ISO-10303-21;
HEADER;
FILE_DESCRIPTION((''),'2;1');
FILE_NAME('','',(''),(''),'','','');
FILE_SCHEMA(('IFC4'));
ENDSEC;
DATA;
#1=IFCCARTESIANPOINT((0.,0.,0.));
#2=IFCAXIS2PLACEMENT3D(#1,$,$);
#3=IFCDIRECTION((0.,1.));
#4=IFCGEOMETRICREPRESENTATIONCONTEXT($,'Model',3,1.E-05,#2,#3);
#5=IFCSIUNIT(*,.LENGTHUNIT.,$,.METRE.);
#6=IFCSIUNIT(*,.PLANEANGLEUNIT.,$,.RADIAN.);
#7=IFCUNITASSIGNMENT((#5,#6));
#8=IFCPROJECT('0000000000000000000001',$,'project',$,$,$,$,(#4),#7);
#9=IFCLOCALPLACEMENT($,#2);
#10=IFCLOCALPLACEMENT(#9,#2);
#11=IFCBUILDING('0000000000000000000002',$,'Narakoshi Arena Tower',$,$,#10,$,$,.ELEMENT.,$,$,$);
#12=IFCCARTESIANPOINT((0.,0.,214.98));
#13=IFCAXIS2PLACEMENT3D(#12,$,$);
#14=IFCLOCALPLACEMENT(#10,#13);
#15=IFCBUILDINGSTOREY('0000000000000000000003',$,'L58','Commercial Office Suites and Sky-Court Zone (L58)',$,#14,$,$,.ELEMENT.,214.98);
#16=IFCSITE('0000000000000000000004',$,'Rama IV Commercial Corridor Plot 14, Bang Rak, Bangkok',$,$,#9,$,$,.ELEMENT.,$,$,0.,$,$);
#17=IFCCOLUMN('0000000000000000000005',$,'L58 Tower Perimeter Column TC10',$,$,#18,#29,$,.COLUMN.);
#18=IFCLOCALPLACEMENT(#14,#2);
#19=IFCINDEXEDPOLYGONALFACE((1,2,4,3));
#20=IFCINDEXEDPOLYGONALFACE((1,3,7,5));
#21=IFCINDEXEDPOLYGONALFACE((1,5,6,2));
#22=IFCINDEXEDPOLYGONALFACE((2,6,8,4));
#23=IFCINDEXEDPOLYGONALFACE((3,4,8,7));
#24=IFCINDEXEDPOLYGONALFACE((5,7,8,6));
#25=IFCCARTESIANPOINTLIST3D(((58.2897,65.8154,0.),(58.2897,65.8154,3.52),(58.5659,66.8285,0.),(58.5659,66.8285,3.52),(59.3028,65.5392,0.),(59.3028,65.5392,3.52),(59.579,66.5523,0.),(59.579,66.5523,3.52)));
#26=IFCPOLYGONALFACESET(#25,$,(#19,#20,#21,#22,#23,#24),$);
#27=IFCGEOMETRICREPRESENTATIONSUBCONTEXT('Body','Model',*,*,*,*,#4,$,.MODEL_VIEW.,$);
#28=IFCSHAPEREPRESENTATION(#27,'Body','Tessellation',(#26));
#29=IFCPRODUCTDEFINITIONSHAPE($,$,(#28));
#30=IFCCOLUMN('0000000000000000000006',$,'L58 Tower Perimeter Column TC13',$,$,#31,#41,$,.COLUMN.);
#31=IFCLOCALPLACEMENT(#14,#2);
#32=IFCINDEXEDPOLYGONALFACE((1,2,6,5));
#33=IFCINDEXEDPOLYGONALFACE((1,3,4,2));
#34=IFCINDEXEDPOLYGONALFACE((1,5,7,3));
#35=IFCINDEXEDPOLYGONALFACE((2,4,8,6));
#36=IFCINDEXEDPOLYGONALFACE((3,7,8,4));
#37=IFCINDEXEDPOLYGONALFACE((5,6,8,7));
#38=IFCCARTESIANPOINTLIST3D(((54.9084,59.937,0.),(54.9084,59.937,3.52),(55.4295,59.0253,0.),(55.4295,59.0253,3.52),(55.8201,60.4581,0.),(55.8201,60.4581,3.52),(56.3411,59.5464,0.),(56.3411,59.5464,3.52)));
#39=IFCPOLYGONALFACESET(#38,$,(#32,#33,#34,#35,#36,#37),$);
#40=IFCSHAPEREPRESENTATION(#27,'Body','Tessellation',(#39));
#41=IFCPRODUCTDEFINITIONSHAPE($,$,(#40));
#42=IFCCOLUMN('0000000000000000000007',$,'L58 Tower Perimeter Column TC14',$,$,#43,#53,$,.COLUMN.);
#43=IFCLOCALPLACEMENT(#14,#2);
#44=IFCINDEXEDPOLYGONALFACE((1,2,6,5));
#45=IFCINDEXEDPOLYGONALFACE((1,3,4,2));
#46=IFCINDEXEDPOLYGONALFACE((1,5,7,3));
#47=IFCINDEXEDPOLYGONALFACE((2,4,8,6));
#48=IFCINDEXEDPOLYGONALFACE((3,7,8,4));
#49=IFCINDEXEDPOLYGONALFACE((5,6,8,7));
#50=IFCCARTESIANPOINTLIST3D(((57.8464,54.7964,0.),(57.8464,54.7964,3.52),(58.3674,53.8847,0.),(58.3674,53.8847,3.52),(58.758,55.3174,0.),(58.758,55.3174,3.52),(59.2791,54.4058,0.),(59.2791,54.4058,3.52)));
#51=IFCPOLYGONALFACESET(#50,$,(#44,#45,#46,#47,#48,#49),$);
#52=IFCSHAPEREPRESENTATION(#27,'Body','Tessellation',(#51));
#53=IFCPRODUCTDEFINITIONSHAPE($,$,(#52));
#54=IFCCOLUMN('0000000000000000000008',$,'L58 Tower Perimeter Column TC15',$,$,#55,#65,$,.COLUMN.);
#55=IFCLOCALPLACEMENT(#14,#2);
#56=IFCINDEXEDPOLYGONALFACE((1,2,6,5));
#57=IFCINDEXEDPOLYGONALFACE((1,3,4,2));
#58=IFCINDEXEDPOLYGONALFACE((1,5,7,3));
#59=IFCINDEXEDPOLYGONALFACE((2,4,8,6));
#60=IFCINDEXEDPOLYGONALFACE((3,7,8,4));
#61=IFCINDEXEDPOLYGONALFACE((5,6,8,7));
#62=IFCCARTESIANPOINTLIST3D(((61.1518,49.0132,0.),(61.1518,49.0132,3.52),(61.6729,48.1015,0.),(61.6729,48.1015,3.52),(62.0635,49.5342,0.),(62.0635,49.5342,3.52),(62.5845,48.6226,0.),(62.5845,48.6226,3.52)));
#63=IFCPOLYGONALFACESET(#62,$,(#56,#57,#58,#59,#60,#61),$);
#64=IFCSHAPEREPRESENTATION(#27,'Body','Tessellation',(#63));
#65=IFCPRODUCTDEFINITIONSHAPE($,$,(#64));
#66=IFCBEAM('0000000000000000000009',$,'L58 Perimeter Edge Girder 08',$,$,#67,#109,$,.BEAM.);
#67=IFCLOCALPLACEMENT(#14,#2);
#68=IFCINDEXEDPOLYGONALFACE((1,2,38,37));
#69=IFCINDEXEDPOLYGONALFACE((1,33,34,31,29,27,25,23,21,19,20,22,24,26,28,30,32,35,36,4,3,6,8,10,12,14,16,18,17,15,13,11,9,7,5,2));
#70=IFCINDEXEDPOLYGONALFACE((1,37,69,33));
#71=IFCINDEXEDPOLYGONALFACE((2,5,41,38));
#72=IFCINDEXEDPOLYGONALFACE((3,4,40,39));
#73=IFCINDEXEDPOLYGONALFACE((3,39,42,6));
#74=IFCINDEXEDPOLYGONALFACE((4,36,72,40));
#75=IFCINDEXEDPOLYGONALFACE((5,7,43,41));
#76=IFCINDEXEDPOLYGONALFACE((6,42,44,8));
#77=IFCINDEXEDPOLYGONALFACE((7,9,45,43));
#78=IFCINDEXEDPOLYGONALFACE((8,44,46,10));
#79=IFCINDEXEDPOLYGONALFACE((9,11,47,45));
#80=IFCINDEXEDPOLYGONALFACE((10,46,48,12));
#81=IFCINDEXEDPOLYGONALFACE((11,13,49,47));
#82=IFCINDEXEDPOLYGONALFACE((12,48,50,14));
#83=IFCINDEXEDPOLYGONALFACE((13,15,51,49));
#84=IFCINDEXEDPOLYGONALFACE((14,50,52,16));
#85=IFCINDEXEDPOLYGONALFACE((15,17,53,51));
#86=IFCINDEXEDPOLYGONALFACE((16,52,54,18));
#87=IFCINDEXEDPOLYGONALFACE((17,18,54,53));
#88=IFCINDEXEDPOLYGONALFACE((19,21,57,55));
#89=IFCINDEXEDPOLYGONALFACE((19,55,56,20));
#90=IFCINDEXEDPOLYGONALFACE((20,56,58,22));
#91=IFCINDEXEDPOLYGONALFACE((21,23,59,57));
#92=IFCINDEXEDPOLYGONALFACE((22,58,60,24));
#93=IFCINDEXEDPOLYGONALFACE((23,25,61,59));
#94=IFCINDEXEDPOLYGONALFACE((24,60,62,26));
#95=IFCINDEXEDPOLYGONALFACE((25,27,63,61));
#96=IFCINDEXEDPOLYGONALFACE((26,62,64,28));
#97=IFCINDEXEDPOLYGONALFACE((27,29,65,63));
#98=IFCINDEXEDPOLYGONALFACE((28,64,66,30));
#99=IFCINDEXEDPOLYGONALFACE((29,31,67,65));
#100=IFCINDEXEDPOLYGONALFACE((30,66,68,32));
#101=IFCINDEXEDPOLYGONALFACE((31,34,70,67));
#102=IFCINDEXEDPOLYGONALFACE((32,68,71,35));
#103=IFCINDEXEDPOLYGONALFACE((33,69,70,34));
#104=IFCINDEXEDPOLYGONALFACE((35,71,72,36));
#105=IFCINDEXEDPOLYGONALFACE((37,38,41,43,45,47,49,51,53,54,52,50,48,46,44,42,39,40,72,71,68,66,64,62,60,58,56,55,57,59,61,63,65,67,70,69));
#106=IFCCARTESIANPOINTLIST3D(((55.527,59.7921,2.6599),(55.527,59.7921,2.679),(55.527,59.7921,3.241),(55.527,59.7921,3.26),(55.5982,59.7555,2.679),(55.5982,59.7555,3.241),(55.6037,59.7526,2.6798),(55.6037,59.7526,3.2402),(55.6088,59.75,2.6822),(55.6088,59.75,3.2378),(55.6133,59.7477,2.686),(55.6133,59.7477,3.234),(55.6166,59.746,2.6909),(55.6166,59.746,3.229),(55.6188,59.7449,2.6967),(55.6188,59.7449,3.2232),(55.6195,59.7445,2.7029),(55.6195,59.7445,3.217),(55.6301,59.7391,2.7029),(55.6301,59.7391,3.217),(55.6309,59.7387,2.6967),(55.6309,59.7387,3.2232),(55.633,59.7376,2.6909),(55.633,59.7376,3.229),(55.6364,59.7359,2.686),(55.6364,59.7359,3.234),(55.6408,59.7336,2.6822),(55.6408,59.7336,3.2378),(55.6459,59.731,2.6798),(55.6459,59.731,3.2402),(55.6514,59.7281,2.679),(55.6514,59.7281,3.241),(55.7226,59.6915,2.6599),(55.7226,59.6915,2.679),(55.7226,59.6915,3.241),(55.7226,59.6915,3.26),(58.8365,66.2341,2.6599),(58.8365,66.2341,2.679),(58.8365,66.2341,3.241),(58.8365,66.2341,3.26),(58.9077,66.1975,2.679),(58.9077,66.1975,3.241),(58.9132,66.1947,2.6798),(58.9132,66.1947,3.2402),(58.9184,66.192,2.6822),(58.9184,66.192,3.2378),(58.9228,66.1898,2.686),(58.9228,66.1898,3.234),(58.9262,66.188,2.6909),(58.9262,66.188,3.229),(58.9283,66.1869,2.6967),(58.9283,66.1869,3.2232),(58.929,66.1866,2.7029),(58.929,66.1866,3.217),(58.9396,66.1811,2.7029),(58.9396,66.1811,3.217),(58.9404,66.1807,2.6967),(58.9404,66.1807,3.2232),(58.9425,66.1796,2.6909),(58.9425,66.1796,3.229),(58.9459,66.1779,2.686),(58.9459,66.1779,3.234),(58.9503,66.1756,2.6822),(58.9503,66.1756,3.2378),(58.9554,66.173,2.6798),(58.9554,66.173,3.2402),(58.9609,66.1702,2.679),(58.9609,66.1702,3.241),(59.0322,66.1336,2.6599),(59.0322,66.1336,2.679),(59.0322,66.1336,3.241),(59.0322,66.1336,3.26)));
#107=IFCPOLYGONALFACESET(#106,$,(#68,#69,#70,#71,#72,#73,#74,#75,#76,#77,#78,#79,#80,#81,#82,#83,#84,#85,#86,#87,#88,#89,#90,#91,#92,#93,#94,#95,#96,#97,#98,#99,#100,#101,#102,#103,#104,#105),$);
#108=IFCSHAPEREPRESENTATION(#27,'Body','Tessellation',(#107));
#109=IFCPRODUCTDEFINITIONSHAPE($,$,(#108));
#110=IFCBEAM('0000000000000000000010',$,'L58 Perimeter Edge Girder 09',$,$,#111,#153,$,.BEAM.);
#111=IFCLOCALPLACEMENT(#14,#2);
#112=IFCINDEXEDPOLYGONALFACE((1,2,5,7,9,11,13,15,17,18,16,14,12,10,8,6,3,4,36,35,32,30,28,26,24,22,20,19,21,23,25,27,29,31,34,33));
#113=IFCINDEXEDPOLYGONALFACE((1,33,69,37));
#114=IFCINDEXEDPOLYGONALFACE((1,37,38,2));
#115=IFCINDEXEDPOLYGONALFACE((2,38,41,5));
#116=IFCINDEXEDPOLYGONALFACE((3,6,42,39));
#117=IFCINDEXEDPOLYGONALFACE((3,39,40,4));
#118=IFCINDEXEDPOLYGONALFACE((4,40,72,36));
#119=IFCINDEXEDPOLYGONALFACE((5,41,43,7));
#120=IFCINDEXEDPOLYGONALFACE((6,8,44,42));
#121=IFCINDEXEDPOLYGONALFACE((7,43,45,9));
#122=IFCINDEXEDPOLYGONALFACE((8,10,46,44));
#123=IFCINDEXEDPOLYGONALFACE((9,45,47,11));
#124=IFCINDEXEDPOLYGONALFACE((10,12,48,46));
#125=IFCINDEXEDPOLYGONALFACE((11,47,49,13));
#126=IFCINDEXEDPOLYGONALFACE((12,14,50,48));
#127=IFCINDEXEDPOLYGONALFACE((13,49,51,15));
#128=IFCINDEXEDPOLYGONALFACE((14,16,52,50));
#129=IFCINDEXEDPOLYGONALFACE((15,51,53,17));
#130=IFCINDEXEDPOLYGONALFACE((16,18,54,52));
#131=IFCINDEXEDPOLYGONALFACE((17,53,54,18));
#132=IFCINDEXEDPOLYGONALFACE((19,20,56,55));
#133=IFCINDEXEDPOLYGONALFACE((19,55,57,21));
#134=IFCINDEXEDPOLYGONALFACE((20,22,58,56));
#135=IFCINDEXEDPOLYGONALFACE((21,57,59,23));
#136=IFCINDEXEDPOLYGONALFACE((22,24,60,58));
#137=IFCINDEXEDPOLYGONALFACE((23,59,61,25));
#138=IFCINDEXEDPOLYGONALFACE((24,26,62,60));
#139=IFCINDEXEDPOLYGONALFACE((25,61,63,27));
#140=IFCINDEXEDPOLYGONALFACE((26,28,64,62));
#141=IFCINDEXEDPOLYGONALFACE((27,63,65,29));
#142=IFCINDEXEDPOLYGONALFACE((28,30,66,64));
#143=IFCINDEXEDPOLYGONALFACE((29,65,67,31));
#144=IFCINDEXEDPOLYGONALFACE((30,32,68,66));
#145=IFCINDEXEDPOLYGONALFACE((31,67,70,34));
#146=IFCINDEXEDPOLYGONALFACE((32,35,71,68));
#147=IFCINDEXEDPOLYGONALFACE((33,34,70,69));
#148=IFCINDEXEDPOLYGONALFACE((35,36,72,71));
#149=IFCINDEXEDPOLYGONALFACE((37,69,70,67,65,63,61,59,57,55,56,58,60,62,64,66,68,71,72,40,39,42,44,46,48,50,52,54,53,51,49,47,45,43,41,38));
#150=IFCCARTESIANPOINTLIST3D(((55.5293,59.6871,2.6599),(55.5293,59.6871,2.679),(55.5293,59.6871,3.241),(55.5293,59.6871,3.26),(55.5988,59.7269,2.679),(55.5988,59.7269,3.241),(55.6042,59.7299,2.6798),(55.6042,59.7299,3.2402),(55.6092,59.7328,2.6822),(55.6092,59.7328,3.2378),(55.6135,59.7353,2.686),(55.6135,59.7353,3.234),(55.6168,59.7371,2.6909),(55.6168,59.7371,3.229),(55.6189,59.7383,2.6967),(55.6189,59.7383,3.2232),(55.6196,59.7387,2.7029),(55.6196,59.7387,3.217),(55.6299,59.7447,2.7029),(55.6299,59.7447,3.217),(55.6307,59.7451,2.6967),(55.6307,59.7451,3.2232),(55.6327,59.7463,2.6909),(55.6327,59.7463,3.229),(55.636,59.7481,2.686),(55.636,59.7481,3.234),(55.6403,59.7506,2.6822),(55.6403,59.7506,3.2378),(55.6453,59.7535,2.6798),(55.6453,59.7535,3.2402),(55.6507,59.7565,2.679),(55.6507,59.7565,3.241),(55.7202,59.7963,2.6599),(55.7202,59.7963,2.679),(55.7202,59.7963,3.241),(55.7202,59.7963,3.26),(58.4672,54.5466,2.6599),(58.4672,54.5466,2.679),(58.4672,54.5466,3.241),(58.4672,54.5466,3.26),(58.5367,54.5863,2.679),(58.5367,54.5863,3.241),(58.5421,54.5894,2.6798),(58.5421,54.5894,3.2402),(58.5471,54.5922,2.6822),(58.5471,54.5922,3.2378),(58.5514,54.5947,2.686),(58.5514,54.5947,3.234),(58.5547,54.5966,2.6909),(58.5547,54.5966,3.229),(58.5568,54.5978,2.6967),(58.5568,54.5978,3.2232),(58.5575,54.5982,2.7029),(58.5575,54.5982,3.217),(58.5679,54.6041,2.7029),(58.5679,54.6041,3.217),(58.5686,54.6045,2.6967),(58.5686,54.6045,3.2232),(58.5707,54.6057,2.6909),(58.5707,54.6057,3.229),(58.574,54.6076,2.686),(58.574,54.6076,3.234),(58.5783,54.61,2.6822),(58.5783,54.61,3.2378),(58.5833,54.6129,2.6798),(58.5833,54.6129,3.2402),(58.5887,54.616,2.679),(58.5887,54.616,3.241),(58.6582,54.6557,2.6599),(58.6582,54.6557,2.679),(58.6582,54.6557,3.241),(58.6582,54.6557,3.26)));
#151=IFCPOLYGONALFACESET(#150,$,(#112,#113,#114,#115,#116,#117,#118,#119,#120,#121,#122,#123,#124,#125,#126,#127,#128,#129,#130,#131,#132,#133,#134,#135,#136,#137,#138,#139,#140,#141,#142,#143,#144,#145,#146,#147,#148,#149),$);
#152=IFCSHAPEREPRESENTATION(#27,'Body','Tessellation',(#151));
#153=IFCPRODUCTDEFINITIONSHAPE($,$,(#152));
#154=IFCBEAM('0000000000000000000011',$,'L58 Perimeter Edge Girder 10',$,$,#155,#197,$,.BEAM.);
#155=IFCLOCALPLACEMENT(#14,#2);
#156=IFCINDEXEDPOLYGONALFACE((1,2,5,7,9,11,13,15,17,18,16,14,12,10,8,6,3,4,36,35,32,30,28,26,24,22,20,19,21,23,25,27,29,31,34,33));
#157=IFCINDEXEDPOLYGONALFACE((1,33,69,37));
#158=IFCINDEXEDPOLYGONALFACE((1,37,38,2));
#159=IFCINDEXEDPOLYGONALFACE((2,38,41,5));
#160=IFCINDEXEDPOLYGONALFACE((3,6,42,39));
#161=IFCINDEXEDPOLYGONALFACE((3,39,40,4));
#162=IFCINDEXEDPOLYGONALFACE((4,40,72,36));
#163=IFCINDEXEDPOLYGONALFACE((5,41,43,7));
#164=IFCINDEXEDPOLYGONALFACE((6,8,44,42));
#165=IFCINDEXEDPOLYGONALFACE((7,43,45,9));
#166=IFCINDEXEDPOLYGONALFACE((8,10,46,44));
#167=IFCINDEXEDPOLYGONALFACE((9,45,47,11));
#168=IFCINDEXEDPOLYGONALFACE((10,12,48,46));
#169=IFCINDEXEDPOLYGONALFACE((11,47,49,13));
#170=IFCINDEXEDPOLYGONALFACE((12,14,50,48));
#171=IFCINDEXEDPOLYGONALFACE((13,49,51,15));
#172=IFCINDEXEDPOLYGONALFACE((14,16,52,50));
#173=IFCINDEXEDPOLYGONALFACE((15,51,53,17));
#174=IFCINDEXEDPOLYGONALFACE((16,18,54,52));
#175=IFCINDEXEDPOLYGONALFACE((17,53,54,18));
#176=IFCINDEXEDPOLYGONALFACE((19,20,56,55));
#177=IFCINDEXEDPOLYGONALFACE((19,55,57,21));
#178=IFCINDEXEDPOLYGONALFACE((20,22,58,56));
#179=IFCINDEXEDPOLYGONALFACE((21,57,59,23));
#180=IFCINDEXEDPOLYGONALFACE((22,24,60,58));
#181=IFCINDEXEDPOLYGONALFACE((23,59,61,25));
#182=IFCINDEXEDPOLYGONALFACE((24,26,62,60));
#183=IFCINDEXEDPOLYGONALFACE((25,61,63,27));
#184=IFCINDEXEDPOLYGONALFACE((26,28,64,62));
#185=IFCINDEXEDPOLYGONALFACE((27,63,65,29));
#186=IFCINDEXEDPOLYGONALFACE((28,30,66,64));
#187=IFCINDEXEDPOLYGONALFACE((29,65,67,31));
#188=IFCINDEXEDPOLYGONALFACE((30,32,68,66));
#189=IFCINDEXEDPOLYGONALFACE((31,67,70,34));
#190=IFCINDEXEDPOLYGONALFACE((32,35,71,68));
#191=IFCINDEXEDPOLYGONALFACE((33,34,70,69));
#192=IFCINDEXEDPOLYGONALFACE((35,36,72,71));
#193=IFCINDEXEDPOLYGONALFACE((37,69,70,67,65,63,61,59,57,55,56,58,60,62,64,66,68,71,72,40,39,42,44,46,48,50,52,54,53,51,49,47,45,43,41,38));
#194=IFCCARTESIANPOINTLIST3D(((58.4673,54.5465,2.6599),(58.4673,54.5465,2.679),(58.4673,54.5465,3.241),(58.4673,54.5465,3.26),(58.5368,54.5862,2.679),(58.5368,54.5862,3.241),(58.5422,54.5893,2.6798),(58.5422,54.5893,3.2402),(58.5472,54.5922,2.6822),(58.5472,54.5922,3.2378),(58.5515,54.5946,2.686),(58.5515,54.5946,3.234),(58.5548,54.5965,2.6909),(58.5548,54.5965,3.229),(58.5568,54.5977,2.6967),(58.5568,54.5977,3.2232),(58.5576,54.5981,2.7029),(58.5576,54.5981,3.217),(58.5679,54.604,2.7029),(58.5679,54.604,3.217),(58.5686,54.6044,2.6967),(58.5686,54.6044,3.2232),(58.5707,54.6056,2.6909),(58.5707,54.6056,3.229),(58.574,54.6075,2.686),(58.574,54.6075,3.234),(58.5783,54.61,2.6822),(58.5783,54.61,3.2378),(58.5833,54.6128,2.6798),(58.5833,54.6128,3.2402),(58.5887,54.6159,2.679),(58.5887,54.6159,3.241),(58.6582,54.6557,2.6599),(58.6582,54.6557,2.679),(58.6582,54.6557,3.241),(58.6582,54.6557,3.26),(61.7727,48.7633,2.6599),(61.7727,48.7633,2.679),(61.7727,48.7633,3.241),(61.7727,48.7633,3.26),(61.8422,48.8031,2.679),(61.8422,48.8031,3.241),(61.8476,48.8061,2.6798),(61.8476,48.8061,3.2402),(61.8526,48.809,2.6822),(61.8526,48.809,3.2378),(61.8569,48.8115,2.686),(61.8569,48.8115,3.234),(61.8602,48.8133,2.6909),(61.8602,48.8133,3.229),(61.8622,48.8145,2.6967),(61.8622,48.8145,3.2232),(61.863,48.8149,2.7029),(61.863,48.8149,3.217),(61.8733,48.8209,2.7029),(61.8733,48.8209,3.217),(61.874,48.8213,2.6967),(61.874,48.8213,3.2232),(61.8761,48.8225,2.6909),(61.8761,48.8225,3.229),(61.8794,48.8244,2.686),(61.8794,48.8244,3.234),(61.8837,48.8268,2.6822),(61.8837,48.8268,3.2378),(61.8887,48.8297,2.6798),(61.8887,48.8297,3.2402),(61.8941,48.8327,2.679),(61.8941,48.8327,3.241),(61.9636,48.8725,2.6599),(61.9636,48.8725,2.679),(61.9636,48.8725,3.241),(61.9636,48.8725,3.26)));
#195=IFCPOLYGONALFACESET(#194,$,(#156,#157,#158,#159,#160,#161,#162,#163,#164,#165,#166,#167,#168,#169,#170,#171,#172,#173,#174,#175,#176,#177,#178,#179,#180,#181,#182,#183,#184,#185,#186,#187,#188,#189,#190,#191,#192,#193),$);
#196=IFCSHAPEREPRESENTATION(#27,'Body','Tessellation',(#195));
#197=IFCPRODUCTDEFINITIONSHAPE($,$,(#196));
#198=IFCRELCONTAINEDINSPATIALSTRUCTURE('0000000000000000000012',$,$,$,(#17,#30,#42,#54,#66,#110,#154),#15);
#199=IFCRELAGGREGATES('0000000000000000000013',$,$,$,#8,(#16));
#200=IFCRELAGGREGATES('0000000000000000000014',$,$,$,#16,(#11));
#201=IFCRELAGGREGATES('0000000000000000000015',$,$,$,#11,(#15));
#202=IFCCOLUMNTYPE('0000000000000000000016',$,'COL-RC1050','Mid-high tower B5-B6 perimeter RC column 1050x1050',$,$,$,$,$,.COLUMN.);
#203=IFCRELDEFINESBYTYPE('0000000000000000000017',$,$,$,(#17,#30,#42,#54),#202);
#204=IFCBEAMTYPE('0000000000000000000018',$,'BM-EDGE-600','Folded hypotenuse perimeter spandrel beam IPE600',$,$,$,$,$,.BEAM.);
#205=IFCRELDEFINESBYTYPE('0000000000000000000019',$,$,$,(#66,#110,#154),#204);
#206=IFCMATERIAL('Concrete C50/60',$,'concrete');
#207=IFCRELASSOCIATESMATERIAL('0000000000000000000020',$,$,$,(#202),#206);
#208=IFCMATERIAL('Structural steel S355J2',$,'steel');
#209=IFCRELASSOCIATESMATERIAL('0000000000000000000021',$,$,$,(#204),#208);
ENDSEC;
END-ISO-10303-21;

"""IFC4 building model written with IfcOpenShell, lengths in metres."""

from ifc_helpers import new_model, si_unit, direction, frame, origin, origin_2d, place, context, subcontext, project, spatial, rectangle, i_section, extrude, material, material_profile, profile_set, type_object, element, save


model = new_model("IFC4")

# Units and contexts
model_context = context("Model", 3, precision=1e-05, world=origin(), true_north=direction((0.0, 1.0)))
body_context = subcontext(model_context, "Body", "Model", "MODEL_VIEW")
ifc_project = project(units=[si_unit("LENGTHUNIT", "METRE"), si_unit("PLANEANGLEUNIT", "RADIAN")], contexts=[model_context])

# Site, building, storey
site_placement = place(None, origin())
site = spatial("IfcSite", under=ifc_project, at=site_placement, Name="Rama IV Commercial Corridor Plot 14, Bang Rak, Bangkok", CompositionType="ELEMENT", RefElevation=0.0)
building_placement = place(site_placement, origin())
building = spatial("IfcBuilding", under=site, at=building_placement, Name="Narakoshi Arena Tower", CompositionType="ELEMENT")
storey_placement = place(building_placement, frame((0.0, 0.0, 214.98)))
storey = spatial("IfcBuildingStorey", under=building, at=storey_placement, Name="L58", Description="Commercial Office Suites and Sky-Court Zone (L58)", CompositionType="ELEMENT", Elevation=214.98)

# Columns
ifc_material_1 = material(Name="Concrete C50/60", Category="concrete")
ifc_material_profile_1 = material_profile(ifc_material_1, rectangle(XDim=1.05, YDim=1.05, at=origin_2d()), Name="RC1050x1050")
ifc_profile_set_1 = profile_set([ifc_material_profile_1], Name="Concrete C50/60")
column_type = type_object("IfcColumnType", Name="COL-RC1050", Description="Mid-high tower B5-B6 perimeter RC column 1050x1050", PredefinedType="COLUMN", material=ifc_profile_set_1)
for number, where, z_axis, x_axis, name in (
    (1, (58.9343, 66.1838, 0.0), (0.0, 0.0, 1.0), (0.263031, 0.964787, 0.0), "L58 Tower Perimeter Column TC10"),
    (2, (55.6248, 59.7417, 0.0), (0.0, 0.0, 1.0), (-0.496217, 0.868199, 0.0), "L58 Tower Perimeter Column TC13"),
    (3, (58.5627, 54.6011, 0.0), (0.0, 0.0, 1.0), (-0.496217, 0.868199, 0.0), "L58 Tower Perimeter Column TC14"),
    (4, (61.8682, 48.8179, 0.0), (0.0, 0.0, 1.0), (-0.496217, 0.868199, 0.0), "L58 Tower Perimeter Column TC15"),
):
    element("IfcColumn", number, at=place(storey_placement, frame(where, z_axis=z_axis, x_axis=x_axis)), inside=storey, type_object=column_type, Name=name, PredefinedType="COLUMN", context=body_context, shape_type="SweptSolid", body=[
        extrude(rectangle(XDim=1.05, YDim=1.05, at=origin_2d()), origin(), (0.0, 0.0, 1.0), 3.52),
    ])

# Beams
ifc_material_2 = material(Name="Structural steel S355J2", Category="steel")
ifc_material_profile_2 = material_profile(ifc_material_2, i_section(OverallWidth=0.22, OverallDepth=0.6001, WebThickness=0.012, FlangeThickness=0.019, FilletRadius=0.0239, at=origin_2d()), Name="IPE600")
ifc_profile_set_2 = profile_set([ifc_material_profile_2], Name="Structural steel S355J2")
beam_type_1 = type_object("IfcBeamType", Name="BM-EDGE-600", Description="Folded hypotenuse perimeter spandrel beam IPE600", PredefinedType="BEAM", material=ifc_profile_set_2)
beam_1_placement = place(storey_placement, frame((58.9343, 66.1838, 2.96), z_axis=(-0.456963, -0.889486, 0.0), x_axis=(0.889486, -0.456963, 0.0)))
element("IfcBeam", 5, at=beam_1_placement, inside=storey, type_object=beam_type_1, Name="L58 Perimeter Edge Girder 08", PredefinedType="BEAM", context=body_context, shape_type="SweptSolid", body=[
    extrude(i_section(OverallWidth=0.22, OverallDepth=0.6001, WebThickness=0.012, FlangeThickness=0.019, FilletRadius=0.0239, at=origin_2d()), origin(), (0.0, 0.0, 1.0), 7.2424),
])
beam_2_placement = place(storey_placement, frame((55.6248, 59.7417, 2.96), z_axis=(0.496201, -0.868208, 0.0), x_axis=(0.868208, 0.496201, 0.0)))
element("IfcBeam", 6, at=beam_2_placement, inside=storey, type_object=beam_type_1, Name="L58 Perimeter Edge Girder 09", PredefinedType="BEAM", context=body_context, shape_type="SweptSolid", body=[
    extrude(i_section(OverallWidth=0.22, OverallDepth=0.6001, WebThickness=0.012, FlangeThickness=0.019, FilletRadius=0.0239, at=origin_2d()), origin(), (0.0, 0.0, 1.0), 5.9209),
])
for number, where, z_axis, x_axis, name in (
    (7, (58.5627, 54.6011, 2.96), (0.496222, -0.868196, 0.0), (0.868196, 0.496222, 0.0), "L58 Perimeter Edge Girder 10"),
):
    element("IfcBeam", number, at=place(storey_placement, frame(where, z_axis=z_axis, x_axis=x_axis)), inside=storey, type_object=beam_type_1, Name=name, PredefinedType="BEAM", context=body_context, shape_type="SweptSolid", body=[
        extrude(i_section(OverallWidth=0.22, OverallDepth=0.6001, WebThickness=0.012, FlangeThickness=0.019, FilletRadius=0.0239, at=origin_2d()), origin(), (0.0, 0.0, 1.0), 6.6611),
    ])

save(model, "model.ifc")
